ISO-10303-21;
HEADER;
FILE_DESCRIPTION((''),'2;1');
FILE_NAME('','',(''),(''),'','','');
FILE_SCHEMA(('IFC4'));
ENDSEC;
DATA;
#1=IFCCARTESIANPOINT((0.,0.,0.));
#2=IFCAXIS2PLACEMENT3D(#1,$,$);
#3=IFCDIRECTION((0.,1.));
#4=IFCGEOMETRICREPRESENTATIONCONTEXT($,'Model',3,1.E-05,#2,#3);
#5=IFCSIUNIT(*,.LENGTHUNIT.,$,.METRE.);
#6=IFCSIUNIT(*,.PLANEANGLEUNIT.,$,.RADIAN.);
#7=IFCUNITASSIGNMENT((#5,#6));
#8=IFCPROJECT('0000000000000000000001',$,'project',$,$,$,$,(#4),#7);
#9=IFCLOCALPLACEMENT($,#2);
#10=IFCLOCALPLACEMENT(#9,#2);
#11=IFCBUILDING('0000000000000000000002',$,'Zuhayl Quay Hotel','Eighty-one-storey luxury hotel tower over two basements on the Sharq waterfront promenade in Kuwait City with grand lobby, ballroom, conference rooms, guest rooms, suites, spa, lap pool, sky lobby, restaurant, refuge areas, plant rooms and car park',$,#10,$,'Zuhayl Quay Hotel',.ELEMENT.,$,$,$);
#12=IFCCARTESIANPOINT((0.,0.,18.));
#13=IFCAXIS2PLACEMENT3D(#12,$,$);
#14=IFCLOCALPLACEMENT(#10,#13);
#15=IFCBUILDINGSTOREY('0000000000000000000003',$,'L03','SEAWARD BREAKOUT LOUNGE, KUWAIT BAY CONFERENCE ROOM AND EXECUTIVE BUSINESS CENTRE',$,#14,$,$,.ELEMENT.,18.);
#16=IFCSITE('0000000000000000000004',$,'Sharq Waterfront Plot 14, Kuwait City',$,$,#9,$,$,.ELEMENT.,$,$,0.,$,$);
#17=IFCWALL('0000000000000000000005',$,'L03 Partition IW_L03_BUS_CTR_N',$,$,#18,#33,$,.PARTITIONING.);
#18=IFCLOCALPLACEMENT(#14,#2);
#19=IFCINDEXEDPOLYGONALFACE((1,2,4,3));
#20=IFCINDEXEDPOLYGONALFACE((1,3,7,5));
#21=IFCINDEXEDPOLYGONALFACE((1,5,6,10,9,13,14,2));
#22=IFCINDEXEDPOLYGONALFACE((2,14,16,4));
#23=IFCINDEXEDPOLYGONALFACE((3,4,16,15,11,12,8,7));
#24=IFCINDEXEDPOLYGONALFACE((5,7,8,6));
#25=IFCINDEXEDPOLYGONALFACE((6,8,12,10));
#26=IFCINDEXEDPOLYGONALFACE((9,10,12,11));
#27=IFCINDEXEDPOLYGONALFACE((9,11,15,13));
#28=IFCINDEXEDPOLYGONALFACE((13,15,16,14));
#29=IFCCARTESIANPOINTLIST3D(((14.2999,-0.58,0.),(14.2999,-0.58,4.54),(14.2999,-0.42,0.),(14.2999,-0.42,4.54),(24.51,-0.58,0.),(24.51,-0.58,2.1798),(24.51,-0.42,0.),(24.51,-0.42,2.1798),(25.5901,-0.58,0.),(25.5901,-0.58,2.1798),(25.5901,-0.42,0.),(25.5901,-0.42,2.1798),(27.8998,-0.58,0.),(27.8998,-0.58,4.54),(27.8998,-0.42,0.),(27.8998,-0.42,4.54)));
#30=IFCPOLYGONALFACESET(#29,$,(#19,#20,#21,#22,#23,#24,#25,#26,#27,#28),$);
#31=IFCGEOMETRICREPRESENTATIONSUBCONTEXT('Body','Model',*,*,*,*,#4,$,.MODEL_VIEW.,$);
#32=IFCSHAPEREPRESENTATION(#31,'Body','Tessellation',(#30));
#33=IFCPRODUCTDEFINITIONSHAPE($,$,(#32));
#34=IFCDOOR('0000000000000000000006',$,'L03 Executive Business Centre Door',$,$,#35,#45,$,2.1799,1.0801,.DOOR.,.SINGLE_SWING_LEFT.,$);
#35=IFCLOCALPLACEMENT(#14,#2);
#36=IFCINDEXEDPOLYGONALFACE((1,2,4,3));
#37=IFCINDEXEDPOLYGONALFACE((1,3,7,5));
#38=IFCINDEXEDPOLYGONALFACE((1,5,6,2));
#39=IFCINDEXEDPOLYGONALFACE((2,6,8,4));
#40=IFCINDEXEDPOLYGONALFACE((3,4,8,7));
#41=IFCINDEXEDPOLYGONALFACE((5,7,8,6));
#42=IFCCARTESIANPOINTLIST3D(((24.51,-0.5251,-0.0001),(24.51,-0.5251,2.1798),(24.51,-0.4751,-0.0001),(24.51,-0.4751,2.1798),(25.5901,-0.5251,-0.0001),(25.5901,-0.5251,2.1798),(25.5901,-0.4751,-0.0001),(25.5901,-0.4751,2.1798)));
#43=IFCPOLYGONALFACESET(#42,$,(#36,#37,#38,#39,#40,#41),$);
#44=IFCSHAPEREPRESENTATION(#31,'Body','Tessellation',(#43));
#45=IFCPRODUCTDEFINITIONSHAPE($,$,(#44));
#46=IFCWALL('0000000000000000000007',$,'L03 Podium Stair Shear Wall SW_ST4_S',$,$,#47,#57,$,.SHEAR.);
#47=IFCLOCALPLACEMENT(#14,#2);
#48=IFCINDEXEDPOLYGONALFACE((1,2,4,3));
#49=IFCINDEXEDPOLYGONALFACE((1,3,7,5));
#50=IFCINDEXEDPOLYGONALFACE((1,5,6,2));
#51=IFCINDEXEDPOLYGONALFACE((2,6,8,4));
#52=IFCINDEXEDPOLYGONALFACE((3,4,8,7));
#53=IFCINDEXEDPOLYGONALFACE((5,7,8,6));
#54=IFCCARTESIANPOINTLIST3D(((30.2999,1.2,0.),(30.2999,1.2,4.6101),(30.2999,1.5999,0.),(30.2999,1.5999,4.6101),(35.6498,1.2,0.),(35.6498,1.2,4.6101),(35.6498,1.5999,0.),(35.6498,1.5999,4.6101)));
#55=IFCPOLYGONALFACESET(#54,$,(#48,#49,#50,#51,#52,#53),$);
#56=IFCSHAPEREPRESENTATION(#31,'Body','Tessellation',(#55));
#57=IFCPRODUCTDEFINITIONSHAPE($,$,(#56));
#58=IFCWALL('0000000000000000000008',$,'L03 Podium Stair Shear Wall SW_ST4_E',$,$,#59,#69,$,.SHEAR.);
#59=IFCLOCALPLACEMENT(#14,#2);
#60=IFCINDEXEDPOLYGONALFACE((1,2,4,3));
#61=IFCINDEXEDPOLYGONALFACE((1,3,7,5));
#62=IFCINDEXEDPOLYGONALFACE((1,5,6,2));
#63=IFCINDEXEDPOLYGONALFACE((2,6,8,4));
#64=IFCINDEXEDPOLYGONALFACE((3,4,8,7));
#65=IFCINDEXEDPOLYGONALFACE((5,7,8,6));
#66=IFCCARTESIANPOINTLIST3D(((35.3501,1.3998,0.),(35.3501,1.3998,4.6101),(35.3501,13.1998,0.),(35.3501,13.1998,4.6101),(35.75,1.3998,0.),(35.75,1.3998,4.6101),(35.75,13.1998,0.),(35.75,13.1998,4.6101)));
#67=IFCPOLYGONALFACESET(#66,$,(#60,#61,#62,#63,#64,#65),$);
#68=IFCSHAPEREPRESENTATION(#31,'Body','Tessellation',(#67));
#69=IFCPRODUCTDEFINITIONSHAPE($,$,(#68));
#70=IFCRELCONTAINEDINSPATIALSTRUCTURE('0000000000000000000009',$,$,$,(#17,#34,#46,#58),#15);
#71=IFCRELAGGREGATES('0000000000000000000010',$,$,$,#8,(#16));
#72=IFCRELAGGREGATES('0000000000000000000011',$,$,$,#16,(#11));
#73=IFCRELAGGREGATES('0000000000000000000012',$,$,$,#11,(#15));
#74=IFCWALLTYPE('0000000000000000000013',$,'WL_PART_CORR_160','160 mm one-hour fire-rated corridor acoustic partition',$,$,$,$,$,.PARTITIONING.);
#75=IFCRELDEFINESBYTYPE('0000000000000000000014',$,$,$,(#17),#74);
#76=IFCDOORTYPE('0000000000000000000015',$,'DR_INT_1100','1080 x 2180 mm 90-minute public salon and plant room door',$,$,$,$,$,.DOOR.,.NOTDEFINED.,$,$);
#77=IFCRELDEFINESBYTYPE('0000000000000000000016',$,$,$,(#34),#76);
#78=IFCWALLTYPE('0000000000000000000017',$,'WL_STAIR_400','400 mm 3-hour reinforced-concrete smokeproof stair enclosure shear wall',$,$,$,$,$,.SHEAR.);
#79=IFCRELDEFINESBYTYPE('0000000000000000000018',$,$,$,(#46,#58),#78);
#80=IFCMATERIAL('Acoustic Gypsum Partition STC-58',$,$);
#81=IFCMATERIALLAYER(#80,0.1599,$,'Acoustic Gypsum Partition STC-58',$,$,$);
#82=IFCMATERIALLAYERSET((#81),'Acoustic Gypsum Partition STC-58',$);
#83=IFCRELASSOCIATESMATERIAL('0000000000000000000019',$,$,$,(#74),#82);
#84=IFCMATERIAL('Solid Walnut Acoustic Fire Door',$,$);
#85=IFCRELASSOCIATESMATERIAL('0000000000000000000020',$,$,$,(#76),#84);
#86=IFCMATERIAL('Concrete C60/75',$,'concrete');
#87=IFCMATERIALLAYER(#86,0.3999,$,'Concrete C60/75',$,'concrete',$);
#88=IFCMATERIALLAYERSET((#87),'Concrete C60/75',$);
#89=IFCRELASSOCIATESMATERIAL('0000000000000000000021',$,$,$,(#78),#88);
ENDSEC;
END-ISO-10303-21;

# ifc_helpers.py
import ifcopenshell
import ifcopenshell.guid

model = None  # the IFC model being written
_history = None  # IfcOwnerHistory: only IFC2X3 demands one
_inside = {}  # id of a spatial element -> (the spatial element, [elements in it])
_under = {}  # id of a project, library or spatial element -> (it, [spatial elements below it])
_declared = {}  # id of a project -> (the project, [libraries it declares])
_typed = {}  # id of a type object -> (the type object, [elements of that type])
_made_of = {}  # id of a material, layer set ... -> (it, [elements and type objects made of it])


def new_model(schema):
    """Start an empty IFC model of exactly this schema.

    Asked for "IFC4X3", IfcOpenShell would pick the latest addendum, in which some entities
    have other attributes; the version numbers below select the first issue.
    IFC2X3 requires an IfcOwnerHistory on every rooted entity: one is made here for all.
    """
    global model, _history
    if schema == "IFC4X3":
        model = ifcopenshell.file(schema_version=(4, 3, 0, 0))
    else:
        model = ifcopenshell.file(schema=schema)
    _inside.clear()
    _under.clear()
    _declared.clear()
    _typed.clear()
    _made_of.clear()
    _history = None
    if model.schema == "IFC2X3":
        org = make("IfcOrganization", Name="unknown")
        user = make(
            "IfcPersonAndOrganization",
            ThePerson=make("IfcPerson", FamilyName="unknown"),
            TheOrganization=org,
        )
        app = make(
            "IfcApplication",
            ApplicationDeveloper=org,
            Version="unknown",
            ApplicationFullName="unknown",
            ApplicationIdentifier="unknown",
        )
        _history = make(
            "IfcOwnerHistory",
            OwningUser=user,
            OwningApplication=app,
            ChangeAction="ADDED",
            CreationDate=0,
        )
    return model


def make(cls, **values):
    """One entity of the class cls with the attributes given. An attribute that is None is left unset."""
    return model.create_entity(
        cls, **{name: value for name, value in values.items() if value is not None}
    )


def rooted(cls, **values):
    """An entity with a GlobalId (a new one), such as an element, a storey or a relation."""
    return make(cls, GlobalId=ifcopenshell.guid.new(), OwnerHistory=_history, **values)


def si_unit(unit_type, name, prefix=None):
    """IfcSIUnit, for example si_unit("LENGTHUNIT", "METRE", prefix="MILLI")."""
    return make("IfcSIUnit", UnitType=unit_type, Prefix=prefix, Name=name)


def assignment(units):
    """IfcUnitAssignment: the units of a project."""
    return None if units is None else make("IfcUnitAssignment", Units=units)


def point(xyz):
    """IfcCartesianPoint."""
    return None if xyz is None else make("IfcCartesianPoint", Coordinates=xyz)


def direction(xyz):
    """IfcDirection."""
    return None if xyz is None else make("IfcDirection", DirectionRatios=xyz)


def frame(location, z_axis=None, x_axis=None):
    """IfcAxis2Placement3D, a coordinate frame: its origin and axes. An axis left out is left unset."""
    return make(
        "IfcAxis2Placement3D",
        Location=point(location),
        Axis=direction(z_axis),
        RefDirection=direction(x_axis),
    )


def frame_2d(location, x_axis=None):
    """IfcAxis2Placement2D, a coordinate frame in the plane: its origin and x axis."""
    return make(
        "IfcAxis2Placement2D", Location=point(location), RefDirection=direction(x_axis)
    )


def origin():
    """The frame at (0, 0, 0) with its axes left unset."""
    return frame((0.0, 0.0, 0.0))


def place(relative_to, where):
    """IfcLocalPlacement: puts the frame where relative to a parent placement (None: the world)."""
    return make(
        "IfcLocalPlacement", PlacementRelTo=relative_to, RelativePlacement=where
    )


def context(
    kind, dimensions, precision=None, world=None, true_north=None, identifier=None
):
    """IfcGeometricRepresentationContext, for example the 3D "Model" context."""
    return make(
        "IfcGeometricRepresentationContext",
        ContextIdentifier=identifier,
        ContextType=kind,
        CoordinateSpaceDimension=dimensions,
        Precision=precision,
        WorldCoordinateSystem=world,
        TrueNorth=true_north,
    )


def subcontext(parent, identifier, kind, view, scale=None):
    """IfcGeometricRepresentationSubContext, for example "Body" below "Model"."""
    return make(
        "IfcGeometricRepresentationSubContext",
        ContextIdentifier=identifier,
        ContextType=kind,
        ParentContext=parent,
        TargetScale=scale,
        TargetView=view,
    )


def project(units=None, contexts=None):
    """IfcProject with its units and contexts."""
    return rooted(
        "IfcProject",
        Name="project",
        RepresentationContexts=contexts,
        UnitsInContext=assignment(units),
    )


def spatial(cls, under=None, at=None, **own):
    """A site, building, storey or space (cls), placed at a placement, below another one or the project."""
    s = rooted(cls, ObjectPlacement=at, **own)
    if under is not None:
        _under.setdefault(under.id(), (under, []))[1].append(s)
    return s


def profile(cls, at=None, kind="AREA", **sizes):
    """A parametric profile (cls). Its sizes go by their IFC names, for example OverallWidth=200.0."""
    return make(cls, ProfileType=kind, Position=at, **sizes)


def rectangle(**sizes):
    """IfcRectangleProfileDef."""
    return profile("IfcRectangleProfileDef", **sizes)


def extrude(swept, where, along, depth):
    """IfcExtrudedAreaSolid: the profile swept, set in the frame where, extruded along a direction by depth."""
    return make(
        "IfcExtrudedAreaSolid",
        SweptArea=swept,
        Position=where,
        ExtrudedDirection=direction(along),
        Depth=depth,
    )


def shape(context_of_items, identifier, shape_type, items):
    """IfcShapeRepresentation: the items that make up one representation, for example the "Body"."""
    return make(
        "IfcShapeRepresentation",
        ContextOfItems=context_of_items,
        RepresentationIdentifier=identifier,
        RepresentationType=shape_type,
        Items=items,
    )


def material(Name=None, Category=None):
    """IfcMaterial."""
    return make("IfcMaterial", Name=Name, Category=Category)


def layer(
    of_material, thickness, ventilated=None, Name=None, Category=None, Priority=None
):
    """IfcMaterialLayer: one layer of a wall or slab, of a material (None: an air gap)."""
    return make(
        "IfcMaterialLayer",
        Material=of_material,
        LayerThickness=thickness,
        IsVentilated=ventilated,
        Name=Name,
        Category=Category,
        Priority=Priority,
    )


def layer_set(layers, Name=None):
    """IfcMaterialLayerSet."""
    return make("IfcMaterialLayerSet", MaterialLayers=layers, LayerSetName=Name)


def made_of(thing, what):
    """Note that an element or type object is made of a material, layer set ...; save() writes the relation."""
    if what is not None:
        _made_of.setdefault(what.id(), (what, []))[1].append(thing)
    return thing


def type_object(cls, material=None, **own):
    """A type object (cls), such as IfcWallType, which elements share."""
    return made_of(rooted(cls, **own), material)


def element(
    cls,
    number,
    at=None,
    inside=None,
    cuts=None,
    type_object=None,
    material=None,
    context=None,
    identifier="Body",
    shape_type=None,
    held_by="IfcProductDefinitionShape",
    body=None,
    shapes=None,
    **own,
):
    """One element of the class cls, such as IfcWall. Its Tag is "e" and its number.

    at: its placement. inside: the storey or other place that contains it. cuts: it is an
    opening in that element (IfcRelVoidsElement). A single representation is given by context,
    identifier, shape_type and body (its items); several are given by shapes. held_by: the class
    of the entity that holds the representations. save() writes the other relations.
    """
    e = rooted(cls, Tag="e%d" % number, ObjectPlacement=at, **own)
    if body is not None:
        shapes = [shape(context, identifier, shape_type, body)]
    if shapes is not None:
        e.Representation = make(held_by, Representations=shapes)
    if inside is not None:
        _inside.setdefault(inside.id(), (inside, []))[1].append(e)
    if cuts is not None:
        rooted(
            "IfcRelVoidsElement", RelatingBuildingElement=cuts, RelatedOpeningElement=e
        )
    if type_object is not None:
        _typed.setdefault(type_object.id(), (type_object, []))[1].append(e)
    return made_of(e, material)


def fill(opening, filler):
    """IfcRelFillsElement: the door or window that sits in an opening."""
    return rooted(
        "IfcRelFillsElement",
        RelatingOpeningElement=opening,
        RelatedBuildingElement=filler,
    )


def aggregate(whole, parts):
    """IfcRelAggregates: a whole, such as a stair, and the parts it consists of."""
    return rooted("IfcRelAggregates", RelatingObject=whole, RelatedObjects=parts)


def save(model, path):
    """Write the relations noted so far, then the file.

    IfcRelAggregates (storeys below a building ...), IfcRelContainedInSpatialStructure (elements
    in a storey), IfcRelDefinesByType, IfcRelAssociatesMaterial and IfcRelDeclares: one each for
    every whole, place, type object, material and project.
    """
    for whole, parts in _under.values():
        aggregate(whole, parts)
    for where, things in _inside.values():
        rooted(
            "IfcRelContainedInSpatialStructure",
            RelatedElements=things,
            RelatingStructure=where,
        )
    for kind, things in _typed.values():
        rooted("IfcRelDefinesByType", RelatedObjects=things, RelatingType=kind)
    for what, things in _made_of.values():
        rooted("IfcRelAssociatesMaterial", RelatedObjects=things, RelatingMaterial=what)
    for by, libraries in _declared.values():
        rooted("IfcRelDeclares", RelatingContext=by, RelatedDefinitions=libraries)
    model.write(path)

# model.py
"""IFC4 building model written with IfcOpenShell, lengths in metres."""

from ifc_helpers import new_model, si_unit, direction, frame, frame_2d, origin, place, context, subcontext, project, spatial, rectangle, extrude, material, layer, layer_set, type_object, element, fill, save


model = new_model("IFC4")

# Units and contexts
model_context = context("Model", 3, precision=1e-05, world=origin(), true_north=direction((0.0, 1.0)))
body_context = subcontext(model_context, "Body", "Model", "MODEL_VIEW")
ifc_project = project(units=[si_unit("LENGTHUNIT", "METRE"), si_unit("PLANEANGLEUNIT", "RADIAN")], contexts=[model_context])

# Site, building, storey
site_placement = place(None, origin())
site = spatial("IfcSite", under=ifc_project, at=site_placement, Name="Sharq Waterfront Plot 14, Kuwait City", CompositionType="ELEMENT", RefElevation=0.0)
building_placement = place(site_placement, origin())
building = spatial("IfcBuilding", under=site, at=building_placement, Name="Zuhayl Quay Hotel", Description="Eighty-one-storey luxury hotel tower over two basements on the Sharq waterfront promenade in Kuwait City with grand lobby, ballroom, conference rooms, guest rooms, suites, spa, lap pool, sky lobby, restaurant, refuge areas, plant rooms and car park", LongName="Zuhayl Quay Hotel", CompositionType="ELEMENT")
storey_placement = place(building_placement, frame((0.0, 0.0, 18.0)))
storey = spatial("IfcBuildingStorey", under=building, at=storey_placement, Name="L03", Description="SEAWARD BREAKOUT LOUNGE, KUWAIT BAY CONFERENCE ROOM AND EXECUTIVE BUSINESS CENTRE", CompositionType="ELEMENT", Elevation=18.0)

# Wall, opening, door
ifc_material_1 = material(Name="Acoustic Gypsum Partition STC-58")
ifc_layer_1 = layer(ifc_material_1, 0.1599, Name="Acoustic Gypsum Partition STC-58")
ifc_layer_set_1 = layer_set([ifc_layer_1], Name="Acoustic Gypsum Partition STC-58")
wall_type_1 = type_object("IfcWallType", Name="WL_PART_CORR_160", Description="160 mm one-hour fire-rated corridor acoustic partition", PredefinedType="PARTITIONING", material=ifc_layer_set_1)
wall_1_placement = place(storey_placement, frame((14.3, -0.5, 0.0), z_axis=(0.0, 0.0, 1.0), x_axis=(1.0, 0.0, 0.0)))
wall_1 = element("IfcWall", 1, at=wall_1_placement, inside=storey, type_object=wall_type_1, Name="L03 Partition IW_L03_BUS_CTR_N", PredefinedType="PARTITIONING", context=body_context, shape_type="SweptSolid", body=[
    extrude(rectangle(XDim=13.5999, YDim=0.1599, at=frame_2d((6.7998, 0.0))), origin(), (0.0, 0.0, 1.0), 4.54),
])
opening_placement = place(wall_1_placement, frame((10.21, 0.0, 0.0)))
opening = element("IfcOpeningElement", 2, at=opening_placement, cuts=wall_1, PredefinedType="OPENING", context=body_context, shape_type="SweptSolid", body=[
    extrude(rectangle(XDim=1.0801, YDim=2.1799, at=frame_2d((0.54, 1.0898))), frame((0.0, 0.0898, 0.0), z_axis=(0.0, -1.0, 0.0), x_axis=(1.0, 0.0, 0.0)), (0.0, 0.0, 1.0), 0.1799),
])
ifc_material_2 = material(Name="Solid Walnut Acoustic Fire Door")
door_type = type_object("IfcDoorType", Name="DR_INT_1100", Description="1080 x 2180 mm 90-minute public salon and plant room door", OperationType="NOTDEFINED", PredefinedType="DOOR", material=ifc_material_2)
door_placement = place(opening_placement, origin())
door = element("IfcDoor", 3, at=door_placement, inside=storey, type_object=door_type, Name="L03 Executive Business Centre Door", OperationType="SINGLE_SWING_LEFT", OverallHeight=2.1799, OverallWidth=1.0801, PredefinedType="DOOR", context=body_context, shape_type="SweptSolid", body=[
    extrude(rectangle(XDim=1.0801, YDim=2.1799, at=frame_2d((0.54, 1.0898))), frame((0.0, 0.0249, 0.0), z_axis=(0.0, -1.0, 0.0), x_axis=(1.0, 0.0, 0.0)), (0.0, 0.0, 1.0), 0.05),
])
fill(opening, door)

# Walls
ifc_material_3 = material(Name="Concrete C60/75", Category="concrete")
ifc_layer_2 = layer(ifc_material_3, 0.3999, Name="Concrete C60/75", Category="concrete")
ifc_layer_set_2 = layer_set([ifc_layer_2], Name="Concrete C60/75")
wall_type_2 = type_object("IfcWallType", Name="WL_STAIR_400", Description="400 mm 3-hour reinforced-concrete smokeproof stair enclosure shear wall", PredefinedType="SHEAR", material=ifc_layer_set_2)
wall_2_placement = place(storey_placement, frame((30.3, 1.3999, 0.0), z_axis=(0.0, 0.0, 1.0), x_axis=(1.0, 0.0, 0.0)))
element("IfcWall", 4, at=wall_2_placement, inside=storey, type_object=wall_type_2, Name="L03 Podium Stair Shear Wall SW_ST4_S", PredefinedType="SHEAR", context=body_context, shape_type="SweptSolid", body=[
    extrude(rectangle(XDim=5.3499, YDim=0.3999, at=frame_2d((2.6748, 0.0))), origin(), (0.0, 0.0, 1.0), 4.6101),
])
wall_3_placement = place(storey_placement, frame((35.55, 1.3999, 0.0), z_axis=(0.0, 0.0, 1.0), x_axis=(0.0, 1.0, 0.0)))
element("IfcWall", 5, at=wall_3_placement, inside=storey, type_object=wall_type_2, Name="L03 Podium Stair Shear Wall SW_ST4_E", PredefinedType="SHEAR", context=body_context, shape_type="SweptSolid", body=[
    extrude(rectangle(XDim=11.8, YDim=0.3999, at=frame_2d((5.8999, 0.0))), origin(), (0.0, 0.0, 1.0), 4.6101),
])

save(model, "model.ifc")
